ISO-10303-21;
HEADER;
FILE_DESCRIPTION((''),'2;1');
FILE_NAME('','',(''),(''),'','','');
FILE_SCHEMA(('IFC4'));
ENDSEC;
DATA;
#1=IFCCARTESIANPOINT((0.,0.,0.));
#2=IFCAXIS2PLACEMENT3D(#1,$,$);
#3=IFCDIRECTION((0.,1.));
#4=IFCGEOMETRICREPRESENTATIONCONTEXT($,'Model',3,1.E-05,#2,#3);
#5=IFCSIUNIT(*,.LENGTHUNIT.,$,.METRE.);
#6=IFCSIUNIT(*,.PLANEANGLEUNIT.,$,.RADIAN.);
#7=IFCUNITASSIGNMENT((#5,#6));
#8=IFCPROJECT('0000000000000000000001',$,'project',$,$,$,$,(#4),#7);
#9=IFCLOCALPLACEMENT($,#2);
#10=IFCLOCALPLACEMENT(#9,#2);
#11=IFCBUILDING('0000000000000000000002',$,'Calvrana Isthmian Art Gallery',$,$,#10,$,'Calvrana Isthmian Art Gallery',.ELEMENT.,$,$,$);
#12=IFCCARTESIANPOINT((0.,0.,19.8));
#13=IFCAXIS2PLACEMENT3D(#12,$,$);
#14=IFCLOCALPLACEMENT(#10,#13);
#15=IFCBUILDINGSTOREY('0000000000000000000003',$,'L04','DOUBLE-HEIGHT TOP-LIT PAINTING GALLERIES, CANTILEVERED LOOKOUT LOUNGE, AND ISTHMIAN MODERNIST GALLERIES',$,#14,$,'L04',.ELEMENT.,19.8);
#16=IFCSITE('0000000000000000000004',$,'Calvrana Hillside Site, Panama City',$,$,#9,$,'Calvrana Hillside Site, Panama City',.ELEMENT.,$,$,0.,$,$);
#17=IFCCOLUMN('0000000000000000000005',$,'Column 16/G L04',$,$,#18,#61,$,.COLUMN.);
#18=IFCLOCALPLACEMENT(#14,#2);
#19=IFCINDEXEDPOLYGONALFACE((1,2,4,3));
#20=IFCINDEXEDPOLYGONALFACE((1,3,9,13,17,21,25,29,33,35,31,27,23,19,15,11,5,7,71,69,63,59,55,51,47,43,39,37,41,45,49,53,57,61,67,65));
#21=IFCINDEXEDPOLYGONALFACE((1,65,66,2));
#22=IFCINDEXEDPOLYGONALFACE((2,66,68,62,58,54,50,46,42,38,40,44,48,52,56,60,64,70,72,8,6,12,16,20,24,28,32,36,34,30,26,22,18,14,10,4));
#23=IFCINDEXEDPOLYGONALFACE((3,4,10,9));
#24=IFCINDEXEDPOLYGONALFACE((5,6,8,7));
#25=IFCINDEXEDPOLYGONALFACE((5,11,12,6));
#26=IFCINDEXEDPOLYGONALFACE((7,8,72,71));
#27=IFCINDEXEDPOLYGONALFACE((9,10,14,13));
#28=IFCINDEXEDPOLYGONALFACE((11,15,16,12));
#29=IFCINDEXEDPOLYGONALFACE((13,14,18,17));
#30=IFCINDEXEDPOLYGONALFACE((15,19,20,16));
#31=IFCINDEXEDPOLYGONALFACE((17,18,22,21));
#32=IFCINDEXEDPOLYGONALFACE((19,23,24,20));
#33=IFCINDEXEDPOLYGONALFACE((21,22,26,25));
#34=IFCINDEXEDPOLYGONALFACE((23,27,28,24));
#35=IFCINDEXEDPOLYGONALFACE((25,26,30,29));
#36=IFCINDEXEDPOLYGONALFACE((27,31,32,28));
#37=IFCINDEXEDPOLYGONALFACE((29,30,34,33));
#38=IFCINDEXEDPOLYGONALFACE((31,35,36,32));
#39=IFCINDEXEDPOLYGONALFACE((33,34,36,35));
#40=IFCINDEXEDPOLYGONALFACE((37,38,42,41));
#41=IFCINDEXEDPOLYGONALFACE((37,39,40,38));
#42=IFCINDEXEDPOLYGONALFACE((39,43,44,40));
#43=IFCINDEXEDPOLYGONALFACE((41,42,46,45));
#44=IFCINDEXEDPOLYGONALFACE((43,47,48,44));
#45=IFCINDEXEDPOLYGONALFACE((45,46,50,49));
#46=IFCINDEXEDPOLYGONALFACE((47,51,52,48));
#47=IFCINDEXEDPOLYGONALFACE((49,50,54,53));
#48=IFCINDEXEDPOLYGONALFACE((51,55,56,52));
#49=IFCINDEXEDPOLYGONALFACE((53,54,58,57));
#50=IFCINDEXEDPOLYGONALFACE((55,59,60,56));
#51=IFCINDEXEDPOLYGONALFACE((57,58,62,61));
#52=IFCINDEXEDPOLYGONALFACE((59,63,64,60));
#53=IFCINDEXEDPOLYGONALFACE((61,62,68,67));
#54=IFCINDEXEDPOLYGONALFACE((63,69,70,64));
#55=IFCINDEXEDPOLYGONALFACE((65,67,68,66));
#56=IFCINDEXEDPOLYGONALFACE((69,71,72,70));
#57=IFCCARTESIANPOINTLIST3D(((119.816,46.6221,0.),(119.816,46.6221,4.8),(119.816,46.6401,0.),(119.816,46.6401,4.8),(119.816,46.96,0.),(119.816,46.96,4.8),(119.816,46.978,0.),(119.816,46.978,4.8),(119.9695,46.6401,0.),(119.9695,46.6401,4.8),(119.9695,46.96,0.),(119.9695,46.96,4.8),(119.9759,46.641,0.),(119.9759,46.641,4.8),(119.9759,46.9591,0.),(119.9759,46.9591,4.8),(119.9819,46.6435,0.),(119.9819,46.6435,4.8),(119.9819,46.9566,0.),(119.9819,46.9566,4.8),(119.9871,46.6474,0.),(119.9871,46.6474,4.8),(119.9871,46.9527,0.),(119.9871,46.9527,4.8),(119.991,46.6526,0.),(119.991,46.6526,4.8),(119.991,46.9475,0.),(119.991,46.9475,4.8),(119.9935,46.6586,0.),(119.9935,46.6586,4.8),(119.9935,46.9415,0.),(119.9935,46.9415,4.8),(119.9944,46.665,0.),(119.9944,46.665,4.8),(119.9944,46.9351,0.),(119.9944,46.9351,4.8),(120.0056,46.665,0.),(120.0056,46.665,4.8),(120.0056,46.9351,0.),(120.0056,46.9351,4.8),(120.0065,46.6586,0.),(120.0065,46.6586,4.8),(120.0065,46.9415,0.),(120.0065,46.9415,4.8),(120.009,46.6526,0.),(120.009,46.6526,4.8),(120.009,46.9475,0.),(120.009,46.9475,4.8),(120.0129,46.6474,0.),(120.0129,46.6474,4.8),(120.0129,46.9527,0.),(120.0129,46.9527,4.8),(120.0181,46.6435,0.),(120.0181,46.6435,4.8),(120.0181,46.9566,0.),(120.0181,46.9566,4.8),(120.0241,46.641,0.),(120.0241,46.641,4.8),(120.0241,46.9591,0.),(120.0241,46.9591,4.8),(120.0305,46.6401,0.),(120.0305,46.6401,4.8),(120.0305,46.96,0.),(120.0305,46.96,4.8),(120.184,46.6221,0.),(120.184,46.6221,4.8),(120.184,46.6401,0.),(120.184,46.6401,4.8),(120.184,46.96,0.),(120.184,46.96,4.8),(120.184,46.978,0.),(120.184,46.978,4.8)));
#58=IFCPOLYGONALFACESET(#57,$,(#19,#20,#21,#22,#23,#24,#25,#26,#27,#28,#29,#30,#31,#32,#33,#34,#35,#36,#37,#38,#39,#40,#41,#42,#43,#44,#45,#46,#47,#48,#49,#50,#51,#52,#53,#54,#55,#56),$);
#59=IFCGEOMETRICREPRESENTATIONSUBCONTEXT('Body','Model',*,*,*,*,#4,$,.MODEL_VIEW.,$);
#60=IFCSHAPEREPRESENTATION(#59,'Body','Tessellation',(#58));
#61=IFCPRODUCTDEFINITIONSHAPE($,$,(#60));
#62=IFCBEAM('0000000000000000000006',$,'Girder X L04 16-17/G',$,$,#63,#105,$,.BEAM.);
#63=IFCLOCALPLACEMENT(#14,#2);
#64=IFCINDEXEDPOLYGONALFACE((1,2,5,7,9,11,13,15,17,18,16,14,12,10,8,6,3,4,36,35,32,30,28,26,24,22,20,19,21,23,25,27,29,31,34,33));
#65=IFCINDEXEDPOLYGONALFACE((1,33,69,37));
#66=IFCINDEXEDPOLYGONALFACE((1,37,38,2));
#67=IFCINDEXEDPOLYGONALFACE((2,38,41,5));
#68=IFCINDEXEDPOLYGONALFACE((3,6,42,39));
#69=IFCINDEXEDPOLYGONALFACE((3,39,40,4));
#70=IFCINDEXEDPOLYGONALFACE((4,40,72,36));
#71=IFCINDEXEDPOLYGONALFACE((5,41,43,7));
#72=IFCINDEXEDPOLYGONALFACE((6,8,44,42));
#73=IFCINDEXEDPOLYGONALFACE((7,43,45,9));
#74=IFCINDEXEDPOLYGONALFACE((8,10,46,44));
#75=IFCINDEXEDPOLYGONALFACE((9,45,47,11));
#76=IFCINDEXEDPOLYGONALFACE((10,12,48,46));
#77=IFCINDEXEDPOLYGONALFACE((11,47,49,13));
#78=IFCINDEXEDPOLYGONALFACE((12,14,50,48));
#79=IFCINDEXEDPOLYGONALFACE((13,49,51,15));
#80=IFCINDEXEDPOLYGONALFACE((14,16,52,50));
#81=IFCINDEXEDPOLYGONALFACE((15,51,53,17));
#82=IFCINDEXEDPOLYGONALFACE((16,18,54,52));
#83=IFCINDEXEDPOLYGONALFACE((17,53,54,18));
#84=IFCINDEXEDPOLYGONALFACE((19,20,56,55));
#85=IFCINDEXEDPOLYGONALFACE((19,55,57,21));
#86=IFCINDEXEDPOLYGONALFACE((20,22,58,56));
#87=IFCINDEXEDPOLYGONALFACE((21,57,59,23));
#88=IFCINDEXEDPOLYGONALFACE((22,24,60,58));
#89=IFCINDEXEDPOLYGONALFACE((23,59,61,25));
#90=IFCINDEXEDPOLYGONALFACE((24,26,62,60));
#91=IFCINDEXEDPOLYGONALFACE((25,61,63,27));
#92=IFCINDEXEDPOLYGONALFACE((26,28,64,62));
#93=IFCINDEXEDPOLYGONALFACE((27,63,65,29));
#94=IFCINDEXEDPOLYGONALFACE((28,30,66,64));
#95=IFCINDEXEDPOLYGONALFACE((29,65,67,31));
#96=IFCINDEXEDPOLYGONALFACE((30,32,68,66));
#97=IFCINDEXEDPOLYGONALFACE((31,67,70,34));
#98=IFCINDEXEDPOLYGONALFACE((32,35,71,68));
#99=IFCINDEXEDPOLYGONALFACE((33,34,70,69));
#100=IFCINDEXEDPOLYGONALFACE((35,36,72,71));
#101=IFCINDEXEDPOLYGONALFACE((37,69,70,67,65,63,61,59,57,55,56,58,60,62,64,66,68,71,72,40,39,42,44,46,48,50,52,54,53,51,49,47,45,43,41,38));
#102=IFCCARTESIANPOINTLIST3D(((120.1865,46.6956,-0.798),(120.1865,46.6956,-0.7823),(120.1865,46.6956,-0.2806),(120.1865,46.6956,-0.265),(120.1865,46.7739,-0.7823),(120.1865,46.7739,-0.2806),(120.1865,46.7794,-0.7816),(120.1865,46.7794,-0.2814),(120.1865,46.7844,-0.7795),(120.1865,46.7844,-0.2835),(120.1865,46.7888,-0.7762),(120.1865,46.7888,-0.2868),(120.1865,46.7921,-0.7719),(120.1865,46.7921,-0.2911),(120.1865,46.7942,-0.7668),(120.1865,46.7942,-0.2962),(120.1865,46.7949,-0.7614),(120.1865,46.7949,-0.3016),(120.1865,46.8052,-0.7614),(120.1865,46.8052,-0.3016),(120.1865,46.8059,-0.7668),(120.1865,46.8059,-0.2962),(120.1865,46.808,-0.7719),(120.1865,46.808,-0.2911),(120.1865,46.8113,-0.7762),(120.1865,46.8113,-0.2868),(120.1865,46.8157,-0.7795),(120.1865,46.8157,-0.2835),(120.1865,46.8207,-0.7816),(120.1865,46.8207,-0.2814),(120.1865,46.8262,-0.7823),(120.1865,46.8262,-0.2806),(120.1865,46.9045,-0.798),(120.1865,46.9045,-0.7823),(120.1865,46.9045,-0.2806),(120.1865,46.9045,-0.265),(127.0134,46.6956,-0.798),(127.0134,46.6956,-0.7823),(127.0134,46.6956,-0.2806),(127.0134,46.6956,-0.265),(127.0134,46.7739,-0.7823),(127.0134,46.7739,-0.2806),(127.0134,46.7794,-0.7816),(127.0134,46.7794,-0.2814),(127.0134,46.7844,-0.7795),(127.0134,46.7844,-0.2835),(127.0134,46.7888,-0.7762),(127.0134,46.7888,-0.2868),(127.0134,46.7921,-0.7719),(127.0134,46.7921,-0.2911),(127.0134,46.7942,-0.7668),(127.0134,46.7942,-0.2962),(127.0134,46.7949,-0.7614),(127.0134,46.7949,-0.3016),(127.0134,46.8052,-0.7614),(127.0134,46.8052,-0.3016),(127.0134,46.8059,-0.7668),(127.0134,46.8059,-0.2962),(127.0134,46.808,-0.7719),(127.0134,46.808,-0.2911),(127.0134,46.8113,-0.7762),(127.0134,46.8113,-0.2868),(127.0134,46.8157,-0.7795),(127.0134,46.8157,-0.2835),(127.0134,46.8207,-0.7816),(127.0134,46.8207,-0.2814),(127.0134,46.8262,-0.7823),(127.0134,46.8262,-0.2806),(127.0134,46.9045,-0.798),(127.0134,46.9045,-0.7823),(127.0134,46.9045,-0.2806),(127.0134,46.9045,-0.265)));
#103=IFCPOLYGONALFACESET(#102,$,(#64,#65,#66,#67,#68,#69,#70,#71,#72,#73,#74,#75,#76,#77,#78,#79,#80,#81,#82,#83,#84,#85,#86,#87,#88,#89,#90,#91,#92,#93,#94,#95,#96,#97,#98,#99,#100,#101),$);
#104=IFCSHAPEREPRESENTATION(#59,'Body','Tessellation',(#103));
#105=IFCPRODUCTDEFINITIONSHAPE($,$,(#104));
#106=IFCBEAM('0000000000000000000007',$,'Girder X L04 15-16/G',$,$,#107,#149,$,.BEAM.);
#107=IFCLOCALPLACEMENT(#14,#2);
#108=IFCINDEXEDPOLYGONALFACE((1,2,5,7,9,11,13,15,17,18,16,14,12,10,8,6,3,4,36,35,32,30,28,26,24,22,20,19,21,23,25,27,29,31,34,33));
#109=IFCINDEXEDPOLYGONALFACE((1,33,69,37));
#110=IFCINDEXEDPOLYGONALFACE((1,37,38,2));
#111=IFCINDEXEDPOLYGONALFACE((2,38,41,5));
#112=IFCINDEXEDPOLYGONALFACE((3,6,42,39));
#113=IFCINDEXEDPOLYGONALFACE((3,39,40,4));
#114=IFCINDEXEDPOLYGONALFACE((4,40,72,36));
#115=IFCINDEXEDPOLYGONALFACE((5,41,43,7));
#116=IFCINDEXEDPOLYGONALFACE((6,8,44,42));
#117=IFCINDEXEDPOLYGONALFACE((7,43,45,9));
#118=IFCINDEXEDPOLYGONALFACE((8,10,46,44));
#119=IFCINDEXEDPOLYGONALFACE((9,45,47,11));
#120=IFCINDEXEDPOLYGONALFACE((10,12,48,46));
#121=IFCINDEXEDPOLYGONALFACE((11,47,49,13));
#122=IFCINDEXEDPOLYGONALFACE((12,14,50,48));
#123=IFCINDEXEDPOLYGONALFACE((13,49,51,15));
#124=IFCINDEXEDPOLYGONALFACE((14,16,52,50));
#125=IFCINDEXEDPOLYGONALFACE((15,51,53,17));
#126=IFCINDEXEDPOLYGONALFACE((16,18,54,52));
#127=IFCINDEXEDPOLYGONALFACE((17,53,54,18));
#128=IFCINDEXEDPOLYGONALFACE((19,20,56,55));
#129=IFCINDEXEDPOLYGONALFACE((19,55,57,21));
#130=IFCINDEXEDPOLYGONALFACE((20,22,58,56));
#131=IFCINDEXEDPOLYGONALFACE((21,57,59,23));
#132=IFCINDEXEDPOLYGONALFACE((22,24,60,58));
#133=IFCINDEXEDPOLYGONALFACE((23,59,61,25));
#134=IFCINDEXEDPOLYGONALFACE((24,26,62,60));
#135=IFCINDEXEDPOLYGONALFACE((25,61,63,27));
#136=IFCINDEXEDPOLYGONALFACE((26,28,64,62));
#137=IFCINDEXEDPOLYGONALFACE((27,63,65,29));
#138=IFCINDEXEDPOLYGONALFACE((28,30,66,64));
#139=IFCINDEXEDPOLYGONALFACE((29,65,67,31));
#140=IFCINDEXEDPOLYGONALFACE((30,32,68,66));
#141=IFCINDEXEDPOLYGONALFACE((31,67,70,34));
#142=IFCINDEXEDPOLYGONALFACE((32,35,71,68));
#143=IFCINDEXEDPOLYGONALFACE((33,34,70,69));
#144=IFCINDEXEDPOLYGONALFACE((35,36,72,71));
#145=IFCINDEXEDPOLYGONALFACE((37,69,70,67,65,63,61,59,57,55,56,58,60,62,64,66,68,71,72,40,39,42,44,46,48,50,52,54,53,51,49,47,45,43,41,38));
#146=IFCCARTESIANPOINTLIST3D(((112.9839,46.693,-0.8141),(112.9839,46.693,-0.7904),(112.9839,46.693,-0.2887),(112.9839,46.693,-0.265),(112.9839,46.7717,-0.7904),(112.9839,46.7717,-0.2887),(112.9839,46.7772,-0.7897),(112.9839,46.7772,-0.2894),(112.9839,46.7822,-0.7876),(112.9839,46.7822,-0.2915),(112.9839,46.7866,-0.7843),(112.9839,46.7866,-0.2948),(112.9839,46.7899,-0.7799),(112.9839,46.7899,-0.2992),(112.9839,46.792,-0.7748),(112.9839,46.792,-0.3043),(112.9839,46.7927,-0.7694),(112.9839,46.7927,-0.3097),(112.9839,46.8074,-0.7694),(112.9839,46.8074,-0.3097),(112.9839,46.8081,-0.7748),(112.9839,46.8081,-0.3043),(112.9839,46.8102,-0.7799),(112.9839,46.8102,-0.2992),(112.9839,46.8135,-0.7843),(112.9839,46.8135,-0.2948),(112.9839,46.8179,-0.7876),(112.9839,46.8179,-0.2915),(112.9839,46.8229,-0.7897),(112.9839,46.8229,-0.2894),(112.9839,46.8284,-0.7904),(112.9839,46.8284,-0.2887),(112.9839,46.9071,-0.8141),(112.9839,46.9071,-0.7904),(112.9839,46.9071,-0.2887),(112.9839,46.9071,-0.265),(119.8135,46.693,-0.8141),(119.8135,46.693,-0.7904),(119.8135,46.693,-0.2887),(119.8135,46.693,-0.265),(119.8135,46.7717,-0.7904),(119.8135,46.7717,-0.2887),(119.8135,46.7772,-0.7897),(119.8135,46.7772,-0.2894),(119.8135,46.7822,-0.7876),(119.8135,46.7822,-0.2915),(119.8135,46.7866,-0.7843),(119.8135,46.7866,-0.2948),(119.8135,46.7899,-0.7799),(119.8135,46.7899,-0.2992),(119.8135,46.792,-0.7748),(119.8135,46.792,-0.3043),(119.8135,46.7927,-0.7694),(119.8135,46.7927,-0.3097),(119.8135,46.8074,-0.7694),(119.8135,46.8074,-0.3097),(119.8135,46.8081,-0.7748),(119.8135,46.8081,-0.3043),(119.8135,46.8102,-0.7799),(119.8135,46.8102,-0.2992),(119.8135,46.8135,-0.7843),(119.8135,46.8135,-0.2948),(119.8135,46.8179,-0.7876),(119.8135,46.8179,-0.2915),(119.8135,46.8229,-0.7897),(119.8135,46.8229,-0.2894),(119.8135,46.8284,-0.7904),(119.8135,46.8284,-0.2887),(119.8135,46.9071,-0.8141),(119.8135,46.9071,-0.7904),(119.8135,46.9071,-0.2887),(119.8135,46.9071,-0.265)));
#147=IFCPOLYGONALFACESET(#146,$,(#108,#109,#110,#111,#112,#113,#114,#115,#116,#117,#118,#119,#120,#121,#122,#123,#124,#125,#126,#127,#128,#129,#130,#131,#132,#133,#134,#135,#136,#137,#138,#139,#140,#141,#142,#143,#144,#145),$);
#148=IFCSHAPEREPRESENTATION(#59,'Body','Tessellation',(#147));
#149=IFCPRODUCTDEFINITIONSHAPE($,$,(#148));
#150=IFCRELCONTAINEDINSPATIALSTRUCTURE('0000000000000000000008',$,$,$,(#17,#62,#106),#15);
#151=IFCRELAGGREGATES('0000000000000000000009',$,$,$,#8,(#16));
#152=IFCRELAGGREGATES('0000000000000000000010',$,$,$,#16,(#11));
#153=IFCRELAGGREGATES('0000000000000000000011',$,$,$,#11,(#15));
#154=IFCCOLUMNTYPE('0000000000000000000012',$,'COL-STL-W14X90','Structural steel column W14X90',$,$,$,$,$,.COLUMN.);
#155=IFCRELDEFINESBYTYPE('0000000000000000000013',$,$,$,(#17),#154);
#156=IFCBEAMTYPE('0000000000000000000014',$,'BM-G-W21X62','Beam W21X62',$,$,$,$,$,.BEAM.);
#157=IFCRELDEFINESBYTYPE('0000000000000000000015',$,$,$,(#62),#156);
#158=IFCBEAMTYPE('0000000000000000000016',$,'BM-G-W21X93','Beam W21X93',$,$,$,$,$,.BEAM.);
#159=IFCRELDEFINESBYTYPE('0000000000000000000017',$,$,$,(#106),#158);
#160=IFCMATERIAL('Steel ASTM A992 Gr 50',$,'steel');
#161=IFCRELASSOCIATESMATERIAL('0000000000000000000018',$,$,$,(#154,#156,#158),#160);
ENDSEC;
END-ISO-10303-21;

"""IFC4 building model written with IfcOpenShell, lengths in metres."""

from ifc_helpers import new_model, si_unit, direction, frame, origin, origin_2d, place, context, subcontext, project, spatial, i_section, extrude, material, material_profile, profile_set, type_object, element, save


model = new_model("IFC4")

# Units and contexts
model_context = context("Model", 3, precision=1e-05, world=origin(), true_north=direction((0.0, 1.0)))
body_context = subcontext(model_context, "Body", "Model", "MODEL_VIEW")
ifc_project = project(units=[si_unit("LENGTHUNIT", "METRE"), si_unit("PLANEANGLEUNIT", "RADIAN")], contexts=[model_context])

# Site, building, storey
site_placement = place(None, origin())
site = spatial("IfcSite", under=ifc_project, at=site_placement, Name="Calvrana Hillside Site, Panama City", LongName="Calvrana Hillside Site, Panama City", CompositionType="ELEMENT", RefElevation=0.0)
building_placement = place(site_placement, origin())
building = spatial("IfcBuilding", under=site, at=building_placement, Name="Calvrana Isthmian Art Gallery", LongName="Calvrana Isthmian Art Gallery", CompositionType="ELEMENT")
storey_placement = place(building_placement, frame((0.0, 0.0, 19.8)))
storey = spatial("IfcBuildingStorey", under=building, at=storey_placement, Name="L04", Description="DOUBLE-HEIGHT TOP-LIT PAINTING GALLERIES, CANTILEVERED LOOKOUT LOUNGE, AND ISTHMIAN MODERNIST GALLERIES", LongName="L04", CompositionType="ELEMENT", Elevation=19.8)

# Column
ifc_material_1 = material(Name="Steel ASTM A992 Gr 50", Category="steel")
ifc_material_profile_1 = material_profile(ifc_material_1, i_section(OverallWidth=0.3679, OverallDepth=0.356, WebThickness=0.0112, FlangeThickness=0.0181, FilletRadius=0.0249, at=origin_2d()), Name="W14X90")
ifc_profile_set_1 = profile_set([ifc_material_profile_1], Name="Steel ASTM A992 Gr 50")
column_type_1 = type_object("IfcColumnType", Name="COL-STL-W14X90", Description="Structural steel column W14X90", PredefinedType="COLUMN", material=ifc_profile_set_1)
column_1_placement = place(storey_placement, frame((120.0, 46.8, 0.0), z_axis=(0.0, 0.0, 1.0), x_axis=(1.0, 0.0, 0.0)))
element("IfcColumn", 1, at=column_1_placement, inside=storey, type_object=column_type_1, Name="Column 16/G L04", PredefinedType="COLUMN", context=body_context, shape_type="SweptSolid", body=[
    extrude(i_section(OverallWidth=0.3679, OverallDepth=0.356, WebThickness=0.0112, FlangeThickness=0.0181, FilletRadius=0.0249, at=origin_2d()), origin(), (0.0, 0.0, 1.0), 4.8),
])

# Beams
ifc_material_profile_2 = material_profile(ifc_material_1, i_section(OverallWidth=0.209, OverallDepth=0.533, WebThickness=0.0103, FlangeThickness=0.0156, FilletRadius=0.021, at=origin_2d()), Name="W21X62")
ifc_profile_set_2 = profile_set([ifc_material_profile_2], Name="Steel ASTM A992 Gr 50")
beam_type_1 = type_object("IfcBeamType", Name="BM-G-W21X62", Description="Beam W21X62", PredefinedType="BEAM", material=ifc_profile_set_2)
beam_1_placement = place(storey_placement, frame((120.1865, 46.8, -0.5315), z_axis=(1.0, 0.0, 0.0), x_axis=(0.0, 1.0, 0.0)))
element("IfcBeam", 2, at=beam_1_placement, inside=storey, type_object=beam_type_1, Name="Girder X L04 16-17/G", PredefinedType="BEAM", context=body_context, shape_type="SweptSolid", body=[
    extrude(i_section(OverallWidth=0.209, OverallDepth=0.533, WebThickness=0.0103, FlangeThickness=0.0156, FilletRadius=0.021, at=origin_2d()), origin(), (0.0, 0.0, 1.0), 6.8269),
])
ifc_material_profile_3 = material_profile(ifc_material_1, i_section(OverallWidth=0.2141, OverallDepth=0.5491, WebThickness=0.0146, FlangeThickness=0.0237, FilletRadius=0.021, at=origin_2d()), Name="W21X93")
ifc_profile_set_3 = profile_set([ifc_material_profile_3], Name="Steel ASTM A992 Gr 50")
beam_type_2 = type_object("IfcBeamType", Name="BM-G-W21X93", Description="Beam W21X93", PredefinedType="BEAM", material=ifc_profile_set_3)
beam_2_placement = place(storey_placement, frame((112.9839, 46.8, -0.5396), z_axis=(1.0, 0.0, 0.0), x_axis=(0.0, 1.0, 0.0)))
element("IfcBeam", 3, at=beam_2_placement, inside=storey, type_object=beam_type_2, Name="Girder X L04 15-16/G", PredefinedType="BEAM", context=body_context, shape_type="SweptSolid", body=[
    extrude(i_section(OverallWidth=0.2141, OverallDepth=0.5491, WebThickness=0.0146, FlangeThickness=0.0237, FilletRadius=0.021, at=origin_2d()), origin(), (0.0, 0.0, 1.0), 6.8296),
])

save(model, "model.ifc")
